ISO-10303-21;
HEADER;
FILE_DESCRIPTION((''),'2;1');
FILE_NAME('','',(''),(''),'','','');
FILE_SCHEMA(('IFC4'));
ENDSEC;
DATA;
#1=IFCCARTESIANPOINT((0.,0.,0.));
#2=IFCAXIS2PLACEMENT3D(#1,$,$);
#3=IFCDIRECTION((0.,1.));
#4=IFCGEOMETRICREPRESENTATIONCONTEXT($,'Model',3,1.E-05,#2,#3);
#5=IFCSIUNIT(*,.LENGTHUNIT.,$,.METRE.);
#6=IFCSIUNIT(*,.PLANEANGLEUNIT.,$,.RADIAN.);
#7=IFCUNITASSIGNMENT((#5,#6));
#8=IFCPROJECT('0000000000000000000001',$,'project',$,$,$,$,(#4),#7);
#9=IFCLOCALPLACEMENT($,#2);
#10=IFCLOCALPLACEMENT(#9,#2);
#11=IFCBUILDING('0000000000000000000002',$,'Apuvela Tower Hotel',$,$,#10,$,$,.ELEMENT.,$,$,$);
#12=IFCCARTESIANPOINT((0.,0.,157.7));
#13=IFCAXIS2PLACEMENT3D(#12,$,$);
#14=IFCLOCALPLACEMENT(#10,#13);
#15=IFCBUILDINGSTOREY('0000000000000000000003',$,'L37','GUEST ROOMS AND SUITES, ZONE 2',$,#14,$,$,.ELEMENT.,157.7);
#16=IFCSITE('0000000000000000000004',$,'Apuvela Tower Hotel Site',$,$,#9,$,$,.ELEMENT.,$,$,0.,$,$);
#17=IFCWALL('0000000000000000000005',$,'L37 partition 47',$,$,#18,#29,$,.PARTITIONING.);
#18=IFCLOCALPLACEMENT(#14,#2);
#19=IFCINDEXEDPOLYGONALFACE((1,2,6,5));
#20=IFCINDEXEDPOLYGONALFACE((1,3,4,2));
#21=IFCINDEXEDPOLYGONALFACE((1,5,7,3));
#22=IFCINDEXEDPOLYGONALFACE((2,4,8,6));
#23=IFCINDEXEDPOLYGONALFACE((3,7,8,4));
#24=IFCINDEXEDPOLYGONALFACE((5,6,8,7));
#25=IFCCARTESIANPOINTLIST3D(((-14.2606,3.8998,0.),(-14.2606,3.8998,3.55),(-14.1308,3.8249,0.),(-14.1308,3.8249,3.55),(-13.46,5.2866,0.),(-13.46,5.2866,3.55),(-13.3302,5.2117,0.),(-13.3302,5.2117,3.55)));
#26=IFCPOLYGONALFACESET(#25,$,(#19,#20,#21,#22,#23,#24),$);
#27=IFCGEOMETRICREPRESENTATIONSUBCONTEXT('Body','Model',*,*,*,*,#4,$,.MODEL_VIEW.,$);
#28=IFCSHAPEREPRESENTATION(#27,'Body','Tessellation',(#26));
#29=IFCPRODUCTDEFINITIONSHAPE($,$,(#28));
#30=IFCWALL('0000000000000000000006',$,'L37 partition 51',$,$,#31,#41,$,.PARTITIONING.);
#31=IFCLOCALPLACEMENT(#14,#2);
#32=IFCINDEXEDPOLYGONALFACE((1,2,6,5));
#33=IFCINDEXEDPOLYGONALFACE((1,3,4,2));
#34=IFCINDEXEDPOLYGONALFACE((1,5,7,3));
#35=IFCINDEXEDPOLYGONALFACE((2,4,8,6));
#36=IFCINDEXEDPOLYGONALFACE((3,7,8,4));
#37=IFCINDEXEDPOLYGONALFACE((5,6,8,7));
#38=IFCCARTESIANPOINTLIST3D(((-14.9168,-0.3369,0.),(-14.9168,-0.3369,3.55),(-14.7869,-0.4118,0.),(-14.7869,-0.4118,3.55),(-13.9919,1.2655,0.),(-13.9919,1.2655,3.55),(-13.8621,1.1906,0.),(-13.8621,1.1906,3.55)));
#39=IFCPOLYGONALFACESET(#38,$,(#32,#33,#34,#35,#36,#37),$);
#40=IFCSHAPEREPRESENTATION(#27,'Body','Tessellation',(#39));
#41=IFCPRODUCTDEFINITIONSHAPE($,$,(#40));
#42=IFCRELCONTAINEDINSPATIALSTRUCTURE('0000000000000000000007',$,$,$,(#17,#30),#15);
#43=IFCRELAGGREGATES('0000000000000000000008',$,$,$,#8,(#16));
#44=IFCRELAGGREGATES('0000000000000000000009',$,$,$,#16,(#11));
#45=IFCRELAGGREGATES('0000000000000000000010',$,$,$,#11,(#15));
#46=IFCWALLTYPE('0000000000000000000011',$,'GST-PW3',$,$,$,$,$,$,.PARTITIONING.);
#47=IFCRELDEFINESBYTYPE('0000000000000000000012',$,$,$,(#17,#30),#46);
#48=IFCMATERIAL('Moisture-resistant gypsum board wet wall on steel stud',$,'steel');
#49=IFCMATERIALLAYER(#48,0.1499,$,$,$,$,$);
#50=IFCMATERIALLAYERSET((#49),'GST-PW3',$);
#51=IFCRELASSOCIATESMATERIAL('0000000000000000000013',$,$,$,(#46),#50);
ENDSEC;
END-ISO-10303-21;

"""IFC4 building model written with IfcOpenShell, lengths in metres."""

from ifc_helpers import new_model, si_unit, direction, frame, frame_2d, origin, place, context, subcontext, project, spatial, rectangle, extrude, material, layer, layer_set, type_object, element, save


model = new_model("IFC4")

# Units and contexts
model_context = context("Model", 3, precision=1e-05, world=origin(), true_north=direction((0.0, 1.0)))
body_context = subcontext(model_context, "Body", "Model", "MODEL_VIEW")
ifc_project = project(units=[si_unit("LENGTHUNIT", "METRE"), si_unit("PLANEANGLEUNIT", "RADIAN")], contexts=[model_context])

# Site, building, storey
site_placement = place(None, origin())
site = spatial("IfcSite", under=ifc_project, at=site_placement, Name="Apuvela Tower Hotel Site", CompositionType="ELEMENT", RefElevation=0.0)
building_placement = place(site_placement, origin())
building = spatial("IfcBuilding", under=site, at=building_placement, Name="Apuvela Tower Hotel", CompositionType="ELEMENT")
storey_placement = place(building_placement, frame((0.0, 0.0, 157.7)))
storey = spatial("IfcBuildingStorey", under=building, at=storey_placement, Name="L37", Description="GUEST ROOMS AND SUITES, ZONE 2", CompositionType="ELEMENT", Elevation=157.7)

# Shared definitions
ifc_material_1 = material(Name="Moisture-resistant gypsum board wet wall on steel stud", Category="steel")
ifc_layer_1 = layer(ifc_material_1, 0.1499)
ifc_layer_set_1 = layer_set([ifc_layer_1], Name="GST-PW3")
wall_type_1 = type_object("IfcWallType", Name="GST-PW3", PredefinedType="PARTITIONING", material=ifc_layer_set_1)

# Walls
wall_1_placement = place(storey_placement, frame((-13.395, 5.2493, 0.0), z_axis=(0.0, 0.0, 1.0), x_axis=(-0.49996, -0.866048, 0.0)))
element("IfcWall", 1, at=wall_1_placement, inside=storey, type_object=wall_type_1, Name="L37 partition 47", PredefinedType="PARTITIONING", context=body_context, shape_type="SweptSolid", body=[
    extrude(rectangle(XDim=1.6013, YDim=0.1499, at=frame_2d((0.8008, 0.0))), origin(), (0.0, 0.0, 1.0), 3.55),
])
wall_2_placement = place(storey_placement, frame((-13.927, 1.228, 0.0), z_axis=(0.0, 0.0, 1.0), x_axis=(-0.499886, -0.866091, 0.0)))
element("IfcWall", 2, at=wall_2_placement, inside=storey, type_object=wall_type_1, Name="L37 partition 51", PredefinedType="PARTITIONING", context=body_context, shape_type="SweptSolid", body=[
    extrude(rectangle(XDim=1.8501, YDim=0.1499, at=frame_2d((0.925, 0.0))), origin(), (0.0, 0.0, 1.0), 3.55),
])

save(model, "model.ifc")
